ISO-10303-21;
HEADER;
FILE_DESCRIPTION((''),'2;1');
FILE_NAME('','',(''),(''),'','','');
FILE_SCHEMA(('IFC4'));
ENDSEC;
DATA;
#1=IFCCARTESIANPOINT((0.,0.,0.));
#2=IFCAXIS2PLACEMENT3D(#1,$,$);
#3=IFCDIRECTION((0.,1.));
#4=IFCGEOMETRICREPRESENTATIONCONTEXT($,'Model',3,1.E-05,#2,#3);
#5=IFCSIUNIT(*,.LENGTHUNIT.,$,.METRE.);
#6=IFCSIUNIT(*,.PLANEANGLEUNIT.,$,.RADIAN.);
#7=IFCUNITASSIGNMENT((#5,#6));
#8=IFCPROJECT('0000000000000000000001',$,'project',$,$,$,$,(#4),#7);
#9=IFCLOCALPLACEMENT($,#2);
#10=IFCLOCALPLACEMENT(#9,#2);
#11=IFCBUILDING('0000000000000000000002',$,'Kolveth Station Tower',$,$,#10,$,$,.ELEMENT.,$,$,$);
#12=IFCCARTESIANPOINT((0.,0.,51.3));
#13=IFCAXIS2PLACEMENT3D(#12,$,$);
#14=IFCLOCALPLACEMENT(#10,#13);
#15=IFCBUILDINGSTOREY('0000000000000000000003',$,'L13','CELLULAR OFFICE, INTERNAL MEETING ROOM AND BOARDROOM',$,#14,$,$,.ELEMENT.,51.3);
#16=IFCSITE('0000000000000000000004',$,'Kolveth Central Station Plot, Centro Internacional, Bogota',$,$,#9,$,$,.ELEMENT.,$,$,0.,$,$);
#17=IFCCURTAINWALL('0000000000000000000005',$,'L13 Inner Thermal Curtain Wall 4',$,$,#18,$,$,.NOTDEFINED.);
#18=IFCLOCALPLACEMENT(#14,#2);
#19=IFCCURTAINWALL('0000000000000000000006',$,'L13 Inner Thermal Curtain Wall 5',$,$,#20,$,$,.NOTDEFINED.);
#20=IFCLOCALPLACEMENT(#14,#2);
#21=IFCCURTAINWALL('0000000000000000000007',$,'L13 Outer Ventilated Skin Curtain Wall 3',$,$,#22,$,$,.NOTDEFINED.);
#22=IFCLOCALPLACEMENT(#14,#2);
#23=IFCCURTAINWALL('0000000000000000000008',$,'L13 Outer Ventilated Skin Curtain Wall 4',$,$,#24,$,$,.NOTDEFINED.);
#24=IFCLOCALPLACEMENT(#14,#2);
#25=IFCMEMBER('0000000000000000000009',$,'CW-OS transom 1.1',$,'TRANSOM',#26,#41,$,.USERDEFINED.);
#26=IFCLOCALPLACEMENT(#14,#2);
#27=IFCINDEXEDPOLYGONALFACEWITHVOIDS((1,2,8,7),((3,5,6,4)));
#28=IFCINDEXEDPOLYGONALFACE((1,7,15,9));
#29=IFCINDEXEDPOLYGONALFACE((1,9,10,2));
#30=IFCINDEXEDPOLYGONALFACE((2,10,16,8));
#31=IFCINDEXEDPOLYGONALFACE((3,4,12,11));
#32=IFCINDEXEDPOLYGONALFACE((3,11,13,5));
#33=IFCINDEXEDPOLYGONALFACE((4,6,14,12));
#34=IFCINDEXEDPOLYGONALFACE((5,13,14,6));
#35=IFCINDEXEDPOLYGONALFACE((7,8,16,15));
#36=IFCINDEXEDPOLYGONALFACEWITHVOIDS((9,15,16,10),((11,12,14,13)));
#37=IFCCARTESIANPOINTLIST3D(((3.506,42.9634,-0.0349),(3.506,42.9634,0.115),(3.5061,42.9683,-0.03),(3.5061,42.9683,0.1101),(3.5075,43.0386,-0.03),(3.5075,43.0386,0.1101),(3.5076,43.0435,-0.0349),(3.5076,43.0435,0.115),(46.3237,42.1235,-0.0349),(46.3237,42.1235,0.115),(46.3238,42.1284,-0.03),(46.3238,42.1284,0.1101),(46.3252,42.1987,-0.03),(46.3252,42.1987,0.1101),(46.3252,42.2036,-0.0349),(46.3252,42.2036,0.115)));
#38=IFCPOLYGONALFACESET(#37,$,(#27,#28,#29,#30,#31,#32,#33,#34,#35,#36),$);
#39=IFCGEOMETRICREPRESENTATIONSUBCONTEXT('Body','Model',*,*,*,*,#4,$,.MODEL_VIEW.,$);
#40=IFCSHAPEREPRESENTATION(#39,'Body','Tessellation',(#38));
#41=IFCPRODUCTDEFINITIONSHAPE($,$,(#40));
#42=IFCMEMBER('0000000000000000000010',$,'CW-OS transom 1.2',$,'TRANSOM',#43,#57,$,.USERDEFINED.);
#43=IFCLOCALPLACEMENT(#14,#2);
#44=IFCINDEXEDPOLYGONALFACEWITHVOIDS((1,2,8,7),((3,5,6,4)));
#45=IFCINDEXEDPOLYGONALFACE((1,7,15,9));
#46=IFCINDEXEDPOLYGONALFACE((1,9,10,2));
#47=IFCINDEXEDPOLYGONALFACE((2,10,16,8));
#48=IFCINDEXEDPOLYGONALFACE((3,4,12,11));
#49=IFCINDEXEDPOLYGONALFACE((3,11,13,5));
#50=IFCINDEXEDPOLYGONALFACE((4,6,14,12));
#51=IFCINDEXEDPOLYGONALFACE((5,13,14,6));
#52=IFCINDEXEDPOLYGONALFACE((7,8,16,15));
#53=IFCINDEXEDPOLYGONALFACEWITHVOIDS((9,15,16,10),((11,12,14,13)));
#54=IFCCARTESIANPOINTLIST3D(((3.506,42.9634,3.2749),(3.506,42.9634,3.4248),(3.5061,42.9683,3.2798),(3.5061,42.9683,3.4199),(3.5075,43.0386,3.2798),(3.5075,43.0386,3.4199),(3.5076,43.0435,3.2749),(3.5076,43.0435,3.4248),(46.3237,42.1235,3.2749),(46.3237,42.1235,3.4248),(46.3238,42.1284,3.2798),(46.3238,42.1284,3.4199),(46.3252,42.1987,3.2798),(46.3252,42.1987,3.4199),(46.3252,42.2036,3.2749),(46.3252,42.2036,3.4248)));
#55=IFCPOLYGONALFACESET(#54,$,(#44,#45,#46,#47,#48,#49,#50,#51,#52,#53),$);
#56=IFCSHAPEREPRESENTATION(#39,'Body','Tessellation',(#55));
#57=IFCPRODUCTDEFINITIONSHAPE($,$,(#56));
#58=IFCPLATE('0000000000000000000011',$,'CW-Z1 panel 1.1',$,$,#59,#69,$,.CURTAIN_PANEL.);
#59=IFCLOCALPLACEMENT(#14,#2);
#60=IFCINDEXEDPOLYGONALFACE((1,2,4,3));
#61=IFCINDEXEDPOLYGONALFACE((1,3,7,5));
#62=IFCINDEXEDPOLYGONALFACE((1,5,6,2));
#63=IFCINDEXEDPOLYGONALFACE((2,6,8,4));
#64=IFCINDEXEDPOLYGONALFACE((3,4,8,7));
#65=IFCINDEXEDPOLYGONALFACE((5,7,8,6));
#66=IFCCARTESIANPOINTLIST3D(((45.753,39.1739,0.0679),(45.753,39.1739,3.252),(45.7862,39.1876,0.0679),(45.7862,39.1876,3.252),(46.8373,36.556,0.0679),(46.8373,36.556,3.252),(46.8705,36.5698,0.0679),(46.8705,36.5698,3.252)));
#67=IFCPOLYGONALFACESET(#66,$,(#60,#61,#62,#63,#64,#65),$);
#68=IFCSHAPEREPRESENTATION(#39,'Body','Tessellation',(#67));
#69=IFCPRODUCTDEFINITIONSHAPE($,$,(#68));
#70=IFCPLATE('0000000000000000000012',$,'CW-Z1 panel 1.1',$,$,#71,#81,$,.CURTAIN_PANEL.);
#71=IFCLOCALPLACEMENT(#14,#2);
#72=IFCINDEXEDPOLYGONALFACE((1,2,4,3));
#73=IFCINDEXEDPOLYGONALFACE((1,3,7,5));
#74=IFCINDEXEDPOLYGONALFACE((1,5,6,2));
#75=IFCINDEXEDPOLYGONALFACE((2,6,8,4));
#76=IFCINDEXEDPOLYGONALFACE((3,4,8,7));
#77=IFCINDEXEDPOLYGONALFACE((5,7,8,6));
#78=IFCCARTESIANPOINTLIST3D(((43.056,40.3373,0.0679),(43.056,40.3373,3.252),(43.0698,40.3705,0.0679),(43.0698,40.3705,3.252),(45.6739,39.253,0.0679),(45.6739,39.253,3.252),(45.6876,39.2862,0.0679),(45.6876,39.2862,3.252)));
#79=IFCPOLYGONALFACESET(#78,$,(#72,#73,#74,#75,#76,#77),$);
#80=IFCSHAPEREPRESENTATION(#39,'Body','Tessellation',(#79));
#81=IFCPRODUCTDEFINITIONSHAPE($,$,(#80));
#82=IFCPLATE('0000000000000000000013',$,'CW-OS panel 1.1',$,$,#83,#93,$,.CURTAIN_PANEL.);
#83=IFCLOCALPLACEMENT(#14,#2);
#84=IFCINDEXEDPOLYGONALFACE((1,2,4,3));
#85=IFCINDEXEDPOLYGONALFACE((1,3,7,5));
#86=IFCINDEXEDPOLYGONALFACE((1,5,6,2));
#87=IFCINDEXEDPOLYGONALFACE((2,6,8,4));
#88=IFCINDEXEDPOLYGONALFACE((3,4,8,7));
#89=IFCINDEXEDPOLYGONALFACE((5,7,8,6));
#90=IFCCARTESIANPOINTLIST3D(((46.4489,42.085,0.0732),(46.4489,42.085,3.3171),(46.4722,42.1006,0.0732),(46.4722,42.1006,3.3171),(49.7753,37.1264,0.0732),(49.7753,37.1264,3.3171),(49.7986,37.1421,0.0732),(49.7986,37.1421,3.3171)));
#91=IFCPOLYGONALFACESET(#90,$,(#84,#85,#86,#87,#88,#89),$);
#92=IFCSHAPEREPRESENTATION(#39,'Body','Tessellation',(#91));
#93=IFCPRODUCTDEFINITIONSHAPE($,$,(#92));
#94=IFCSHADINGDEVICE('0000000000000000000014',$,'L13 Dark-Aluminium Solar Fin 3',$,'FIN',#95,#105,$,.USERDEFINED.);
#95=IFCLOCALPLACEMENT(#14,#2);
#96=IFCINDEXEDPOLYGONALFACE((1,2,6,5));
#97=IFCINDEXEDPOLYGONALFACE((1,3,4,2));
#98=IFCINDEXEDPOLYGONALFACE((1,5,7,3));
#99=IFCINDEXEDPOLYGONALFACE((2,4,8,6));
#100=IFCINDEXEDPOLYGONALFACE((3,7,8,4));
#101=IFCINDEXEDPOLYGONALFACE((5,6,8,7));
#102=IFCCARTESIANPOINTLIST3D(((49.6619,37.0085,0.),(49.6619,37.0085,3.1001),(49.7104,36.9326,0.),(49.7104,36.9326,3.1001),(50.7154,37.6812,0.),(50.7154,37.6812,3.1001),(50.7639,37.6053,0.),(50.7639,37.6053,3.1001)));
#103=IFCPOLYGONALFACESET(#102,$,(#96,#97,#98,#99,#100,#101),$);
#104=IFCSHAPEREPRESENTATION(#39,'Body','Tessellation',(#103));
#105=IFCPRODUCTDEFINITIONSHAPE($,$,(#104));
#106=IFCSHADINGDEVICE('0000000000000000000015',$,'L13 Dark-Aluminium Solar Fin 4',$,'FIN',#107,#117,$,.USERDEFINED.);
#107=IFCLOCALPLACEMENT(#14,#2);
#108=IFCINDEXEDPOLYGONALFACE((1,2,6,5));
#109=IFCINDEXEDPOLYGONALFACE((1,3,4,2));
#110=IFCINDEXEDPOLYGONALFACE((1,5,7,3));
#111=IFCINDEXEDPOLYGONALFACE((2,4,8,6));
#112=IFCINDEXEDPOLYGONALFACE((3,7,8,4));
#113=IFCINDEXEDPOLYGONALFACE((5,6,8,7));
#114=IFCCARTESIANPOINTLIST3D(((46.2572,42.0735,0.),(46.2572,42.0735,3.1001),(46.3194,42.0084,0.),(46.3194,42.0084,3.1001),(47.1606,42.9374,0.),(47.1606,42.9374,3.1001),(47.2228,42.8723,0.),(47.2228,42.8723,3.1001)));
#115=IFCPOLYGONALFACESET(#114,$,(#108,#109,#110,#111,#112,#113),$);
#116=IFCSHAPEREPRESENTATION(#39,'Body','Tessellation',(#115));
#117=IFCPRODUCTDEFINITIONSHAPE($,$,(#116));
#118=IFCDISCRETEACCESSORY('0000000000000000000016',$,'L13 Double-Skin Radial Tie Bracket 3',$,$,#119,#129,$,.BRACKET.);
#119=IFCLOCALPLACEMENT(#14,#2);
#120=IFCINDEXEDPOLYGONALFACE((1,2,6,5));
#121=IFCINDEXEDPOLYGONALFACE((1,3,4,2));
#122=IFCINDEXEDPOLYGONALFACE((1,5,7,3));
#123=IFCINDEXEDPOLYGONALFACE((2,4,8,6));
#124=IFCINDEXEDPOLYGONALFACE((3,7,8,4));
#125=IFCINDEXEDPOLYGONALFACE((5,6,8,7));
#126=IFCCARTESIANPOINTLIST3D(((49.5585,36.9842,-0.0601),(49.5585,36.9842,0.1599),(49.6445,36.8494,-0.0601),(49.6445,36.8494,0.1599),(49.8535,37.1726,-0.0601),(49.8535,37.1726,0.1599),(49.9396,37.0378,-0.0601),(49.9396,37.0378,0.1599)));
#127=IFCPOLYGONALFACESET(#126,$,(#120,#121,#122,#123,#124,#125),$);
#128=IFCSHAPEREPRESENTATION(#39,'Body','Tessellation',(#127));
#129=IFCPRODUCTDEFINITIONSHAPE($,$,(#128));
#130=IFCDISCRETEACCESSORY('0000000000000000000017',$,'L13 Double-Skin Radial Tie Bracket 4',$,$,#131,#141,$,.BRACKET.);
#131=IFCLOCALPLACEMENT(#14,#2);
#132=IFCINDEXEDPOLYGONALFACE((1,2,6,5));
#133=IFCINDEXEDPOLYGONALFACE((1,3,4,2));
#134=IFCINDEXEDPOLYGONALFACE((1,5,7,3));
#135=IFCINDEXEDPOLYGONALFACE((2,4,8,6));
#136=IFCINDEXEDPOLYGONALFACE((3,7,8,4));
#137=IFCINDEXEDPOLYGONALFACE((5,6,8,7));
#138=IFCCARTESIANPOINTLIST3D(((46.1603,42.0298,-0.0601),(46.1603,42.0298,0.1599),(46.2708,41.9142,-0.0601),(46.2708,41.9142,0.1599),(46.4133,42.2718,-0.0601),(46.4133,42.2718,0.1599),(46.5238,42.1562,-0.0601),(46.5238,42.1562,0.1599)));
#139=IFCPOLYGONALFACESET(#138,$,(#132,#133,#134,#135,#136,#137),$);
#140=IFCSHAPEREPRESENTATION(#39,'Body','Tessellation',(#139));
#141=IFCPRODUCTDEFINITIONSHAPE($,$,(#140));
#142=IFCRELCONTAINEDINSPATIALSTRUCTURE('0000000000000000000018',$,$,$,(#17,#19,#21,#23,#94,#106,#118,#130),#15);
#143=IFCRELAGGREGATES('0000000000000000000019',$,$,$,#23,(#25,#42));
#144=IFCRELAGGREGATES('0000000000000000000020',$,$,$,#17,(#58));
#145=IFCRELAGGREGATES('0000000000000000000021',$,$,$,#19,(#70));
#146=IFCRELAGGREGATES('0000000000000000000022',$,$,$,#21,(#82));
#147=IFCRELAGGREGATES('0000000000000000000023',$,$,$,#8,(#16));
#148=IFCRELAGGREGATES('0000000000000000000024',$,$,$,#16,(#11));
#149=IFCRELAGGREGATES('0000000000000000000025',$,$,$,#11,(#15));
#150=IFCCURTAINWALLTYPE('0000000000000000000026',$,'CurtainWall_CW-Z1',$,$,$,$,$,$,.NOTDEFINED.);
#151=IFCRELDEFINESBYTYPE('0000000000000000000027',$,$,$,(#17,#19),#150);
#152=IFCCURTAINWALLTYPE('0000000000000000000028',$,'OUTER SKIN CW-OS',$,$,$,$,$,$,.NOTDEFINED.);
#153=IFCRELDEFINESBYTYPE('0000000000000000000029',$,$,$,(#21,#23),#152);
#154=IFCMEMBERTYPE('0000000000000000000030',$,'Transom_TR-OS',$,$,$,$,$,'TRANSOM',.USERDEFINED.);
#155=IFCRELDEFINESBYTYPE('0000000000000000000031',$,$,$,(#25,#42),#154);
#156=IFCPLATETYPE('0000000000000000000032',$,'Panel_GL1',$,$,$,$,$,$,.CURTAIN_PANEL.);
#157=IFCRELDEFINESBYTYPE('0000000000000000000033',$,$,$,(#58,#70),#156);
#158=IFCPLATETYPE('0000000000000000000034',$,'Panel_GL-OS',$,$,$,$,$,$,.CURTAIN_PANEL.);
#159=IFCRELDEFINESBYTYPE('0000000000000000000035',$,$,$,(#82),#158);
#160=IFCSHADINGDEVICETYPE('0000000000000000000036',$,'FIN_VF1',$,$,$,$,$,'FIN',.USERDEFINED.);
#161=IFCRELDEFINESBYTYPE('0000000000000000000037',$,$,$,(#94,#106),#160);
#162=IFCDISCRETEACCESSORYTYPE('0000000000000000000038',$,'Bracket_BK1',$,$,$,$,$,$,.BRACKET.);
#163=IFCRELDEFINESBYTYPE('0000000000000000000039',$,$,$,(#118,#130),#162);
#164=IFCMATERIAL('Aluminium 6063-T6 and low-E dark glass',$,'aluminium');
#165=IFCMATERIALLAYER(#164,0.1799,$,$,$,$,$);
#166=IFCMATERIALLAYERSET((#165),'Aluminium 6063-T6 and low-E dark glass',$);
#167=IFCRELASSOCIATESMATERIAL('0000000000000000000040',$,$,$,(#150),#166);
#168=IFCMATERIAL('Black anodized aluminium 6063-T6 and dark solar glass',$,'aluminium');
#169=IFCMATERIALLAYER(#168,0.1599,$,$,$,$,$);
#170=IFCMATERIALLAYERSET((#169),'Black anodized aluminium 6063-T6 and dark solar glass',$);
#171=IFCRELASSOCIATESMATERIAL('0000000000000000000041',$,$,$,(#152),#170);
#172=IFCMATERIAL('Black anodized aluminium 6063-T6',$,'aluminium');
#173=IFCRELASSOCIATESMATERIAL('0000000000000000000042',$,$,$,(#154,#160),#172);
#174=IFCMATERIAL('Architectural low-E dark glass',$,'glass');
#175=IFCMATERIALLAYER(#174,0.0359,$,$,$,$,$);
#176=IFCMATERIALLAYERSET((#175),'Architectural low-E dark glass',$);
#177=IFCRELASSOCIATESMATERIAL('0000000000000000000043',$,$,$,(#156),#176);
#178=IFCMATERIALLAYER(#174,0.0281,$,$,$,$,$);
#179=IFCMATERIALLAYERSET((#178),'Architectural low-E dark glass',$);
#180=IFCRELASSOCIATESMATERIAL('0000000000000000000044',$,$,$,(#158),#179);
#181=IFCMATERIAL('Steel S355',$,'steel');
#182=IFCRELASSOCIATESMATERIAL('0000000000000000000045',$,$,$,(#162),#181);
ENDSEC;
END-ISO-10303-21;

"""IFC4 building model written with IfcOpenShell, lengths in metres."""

from ifc_helpers import new_model, si_unit, direction, frame, origin, origin_2d, place, context, subcontext, project, spatial, rectangle, hollow_rectangle, extrude, source, transform, mapped, material, layer, layer_set, material_profile, profile_set, type_object, element, aggregate, save


model = new_model("IFC4")

# Units and contexts
model_context = context("Model", 3, precision=1e-05, world=origin(), true_north=direction((0.0, 1.0)))
body_context = subcontext(model_context, "Body", "Model", "MODEL_VIEW")
ifc_project = project(units=[si_unit("LENGTHUNIT", "METRE"), si_unit("PLANEANGLEUNIT", "RADIAN")], contexts=[model_context])

# Site, building, storey
site_placement = place(None, origin())
site = spatial("IfcSite", under=ifc_project, at=site_placement, Name="Kolveth Central Station Plot, Centro Internacional, Bogota", CompositionType="ELEMENT", RefElevation=0.0)
building_placement = place(site_placement, origin())
building = spatial("IfcBuilding", under=site, at=building_placement, Name="Kolveth Station Tower", CompositionType="ELEMENT")
storey_placement = place(building_placement, frame((0.0, 0.0, 51.3)))
storey = spatial("IfcBuildingStorey", under=building, at=storey_placement, Name="L13", Description="CELLULAR OFFICE, INTERNAL MEETING ROOM AND BOARDROOM", CompositionType="ELEMENT", Elevation=51.3)

# Shared definitions
ifc_material_1 = material(Name="Steel S355", Category="steel")

# Curtain wall
ifc_material_2 = material(Name="Aluminium 6063-T6 and low-E dark glass", Category="aluminium")
ifc_layer_1 = layer(ifc_material_2, 0.1799)
ifc_layer_set_1 = layer_set([ifc_layer_1], Name="Aluminium 6063-T6 and low-E dark glass")
curtain_wall_type_1 = type_object("IfcCurtainWallType", Name="CurtainWall_CW-Z1", PredefinedType="NOTDEFINED", material=ifc_layer_set_1)
curtain_wall_1_placement = place(storey_placement, origin())
curtain_wall_1 = element("IfcCurtainWall", 1, at=curtain_wall_1_placement, inside=storey, type_object=curtain_wall_type_1, Name="L13 Inner Thermal Curtain Wall 4", PredefinedType="NOTDEFINED")
ifc_material_3 = material(Name="Black anodized aluminium 6063-T6", Category="aluminium")

# Curtain wall
curtain_wall_2_placement = place(storey_placement, origin())
curtain_wall_2 = element("IfcCurtainWall", 2, at=curtain_wall_2_placement, inside=storey, type_object=curtain_wall_type_1, Name="L13 Inner Thermal Curtain Wall 5", PredefinedType="NOTDEFINED")

# Shared definitions
ifc_material_4 = material(Name="Black anodized aluminium 6063-T6 and dark solar glass", Category="aluminium")
ifc_layer_2 = layer(ifc_material_4, 0.1599)
ifc_layer_set_2 = layer_set([ifc_layer_2], Name="Black anodized aluminium 6063-T6 and dark solar glass")
curtain_wall_type_2 = type_object("IfcCurtainWallType", Name="OUTER SKIN CW-OS", PredefinedType="NOTDEFINED", material=ifc_layer_set_2)

# Curtain wall
curtain_wall_3_placement = place(storey_placement, origin())
curtain_wall_3 = element("IfcCurtainWall", 3, at=curtain_wall_3_placement, inside=storey, type_object=curtain_wall_type_2, Name="L13 Outer Ventilated Skin Curtain Wall 3", PredefinedType="NOTDEFINED")

# Curtain wall
curtain_wall_4_placement = place(storey_placement, origin())
curtain_wall_4 = element("IfcCurtainWall", 4, at=curtain_wall_4_placement, inside=storey, type_object=curtain_wall_type_2, Name="L13 Outer Ventilated Skin Curtain Wall 4", PredefinedType="NOTDEFINED")

# Members
ifc_material_profile_1 = material_profile(ifc_material_3, hollow_rectangle(XDim=0.0801, YDim=0.1499, WallThickness=0.0049, at=origin_2d()), Name="ALU-80x150x5")
ifc_profile_set_1 = profile_set([ifc_material_profile_1], Name="Black anodized aluminium 6063-T6")
member_type_1 = type_object("IfcMemberType", Name="Transom_TR-OS", ElementType="TRANSOM", PredefinedType="USERDEFINED", material=ifc_profile_set_1)
shared_shape_1 = source(origin(), body_context, "Body", "SweptSolid", [
    extrude(hollow_rectangle(XDim=0.0801, YDim=0.1499, WallThickness=0.0049, at=origin_2d()), origin(), (0.0, 0.0, 1.0), 42.8259),
])
member_1_placement = place(storey_placement, frame((46.3245, 42.1636, 0.04), z_axis=(-0.999808, 0.019611, 0.0), x_axis=(-0.019611, -0.999808, 0.0)))
member_1 = element("IfcMember", 5, at=member_1_placement, type_object=member_type_1, Name="CW-OS transom 1.1", ObjectType="TRANSOM", PredefinedType="USERDEFINED", context=body_context, shape_type="MappedRepresentation", body=[
    mapped(shared_shape_1, transform((0.0, 0.0, 0.0), x_axis=(1.0, 0.0, 0.0), y_axis=(0.0, 1.0, 0.0), z_axis=(0.0, 0.0, 1.0), scale=1.0)),
])
member_2_placement = place(storey_placement, frame((46.3245, 42.1636, 3.3499), z_axis=(-0.999808, 0.019611, 0.0), x_axis=(-0.019611, -0.999808, 0.0)))
member_2 = element("IfcMember", 6, at=member_2_placement, type_object=member_type_1, Name="CW-OS transom 1.2", ObjectType="TRANSOM", PredefinedType="USERDEFINED", context=body_context, shape_type="MappedRepresentation", body=[
    mapped(shared_shape_1, transform((0.0, 0.0, 0.0), x_axis=(1.0, 0.0, 0.0), y_axis=(0.0, 1.0, 0.0), z_axis=(0.0, 0.0, 1.0), scale=1.0)),
])
aggregate(curtain_wall_4, [member_1, member_2])

# Plates
ifc_material_5 = material(Name="Architectural low-E dark glass", Category="glass")
ifc_layer_3 = layer(ifc_material_5, 0.0359)
ifc_layer_set_3 = layer_set([ifc_layer_3], Name="Architectural low-E dark glass")
plate_type_1 = type_object("IfcPlateType", Name="Panel_GL1", PredefinedType="CURTAIN_PANEL", material=ifc_layer_set_3)
shared_shape_2 = source(origin(), body_context, "Body", "SweptSolid", [
    extrude(rectangle(XDim=2.8335, YDim=0.0359, at=origin_2d()), origin(), (0.0, 0.0, 1.0), 3.1841),
])
plate_1_placement = place(storey_placement, frame((46.3118, 37.8718, 0.0679), z_axis=(0.0, 0.0, 1.0), x_axis=(-0.382673, 0.923884, 0.0)))
plate_1 = element("IfcPlate", 7, at=plate_1_placement, type_object=plate_type_1, Name="CW-Z1 panel 1.1", PredefinedType="CURTAIN_PANEL", context=body_context, shape_type="MappedRepresentation", body=[
    mapped(shared_shape_2, transform((0.0, 0.0, 0.0), x_axis=(1.0, 0.0, 0.0), y_axis=(0.0, 1.0, 0.0), z_axis=(0.0, 0.0, 1.0), scale=1.0)),
])
aggregate(curtain_wall_1, [plate_1])
plate_2_placement = place(storey_placement, frame((44.3718, 39.8118, 0.0679), z_axis=(0.0, 0.0, 1.0), x_axis=(-0.923884, 0.382673, 0.0)))
plate_2 = element("IfcPlate", 8, at=plate_2_placement, type_object=plate_type_1, Name="CW-Z1 panel 1.1", PredefinedType="CURTAIN_PANEL", context=body_context, shape_type="MappedRepresentation", body=[
    mapped(shared_shape_2, transform((0.0, 0.0, 0.0), x_axis=(1.0, 0.0, 0.0), y_axis=(0.0, 1.0, 0.0), z_axis=(0.0, 0.0, 1.0), scale=1.0)),
])
aggregate(curtain_wall_2, [plate_2])
ifc_layer_4 = layer(ifc_material_5, 0.0281)
ifc_layer_set_4 = layer_set([ifc_layer_4], Name="Architectural low-E dark glass")
plate_type_2 = type_object("IfcPlateType", Name="Panel_GL-OS", PredefinedType="CURTAIN_PANEL", material=ifc_layer_set_4)
shared_shape_3 = source(origin(), body_context, "Body", "SweptSolid", [
    extrude(rectangle(XDim=5.9709, YDim=0.0281, at=origin_2d()), origin(), (0.0, 0.0, 1.0), 3.2439),
])
plate_3_placement = place(storey_placement, frame((48.1238, 39.6135, 0.0732), z_axis=(0.0, 0.0, 1.0), x_axis=(-0.557101, 0.830445, 0.0)))
plate_3 = element("IfcPlate", 9, at=plate_3_placement, type_object=plate_type_2, Name="CW-OS panel 1.1", PredefinedType="CURTAIN_PANEL", context=body_context, shape_type="MappedRepresentation", body=[
    mapped(shared_shape_3, transform((0.0, 0.0, 0.0), x_axis=(1.0, 0.0, 0.0), y_axis=(0.0, 1.0, 0.0), z_axis=(0.0, 0.0, 1.0), scale=1.0)),
])
aggregate(curtain_wall_3, [plate_3])

# Shading devices
shading_device_type = type_object("IfcShadingDeviceType", Name="FIN_VF1", ElementType="FIN", PredefinedType="USERDEFINED", material=ifc_material_3)
shared_shape_4 = source(origin(), body_context, "Body", "SweptSolid", [
    extrude(rectangle(XDim=1.25, YDim=0.0901, at=origin_2d()), origin(), (0.0, 0.0, 1.0), 3.1001),
])
for number, where, z_axis, x_axis, name in (
    (10, (50.2129, 37.3069, 0.0), (0.0, 0.0, 1.0), (0.842828, 0.538183, 0.0), "L13 Dark-Aluminium Solar Fin 3"),
    (11, (46.74, 42.4729, 0.0), (0.0, 0.0, 1.0), (0.722726, 0.691135, 0.0), "L13 Dark-Aluminium Solar Fin 4"),
):
    element("IfcShadingDevice", number, at=place(storey_placement, frame(where, z_axis=z_axis, x_axis=x_axis)), inside=storey, type_object=shading_device_type, Name=name, ObjectType="FIN", PredefinedType="USERDEFINED", context=body_context, shape_type="MappedRepresentation", body=[
        mapped(shared_shape_4, transform((0.0, 0.0, 0.0), x_axis=(1.0, 0.0, 0.0), y_axis=(0.0, 1.0, 0.0), z_axis=(0.0, 0.0, 1.0), scale=1.0)),
    ])

# Discrete accessories
discrete_accessory_type = type_object("IfcDiscreteAccessoryType", Name="Bracket_BK1", PredefinedType="BRACKET", material=ifc_material_1)
shared_shape_5 = source(origin(), body_context, "Body", "SweptSolid", [
    extrude(rectangle(XDim=0.3501, YDim=0.1599, at=origin_2d()), origin(), (0.0, 0.0, 1.0), 0.22),
])
for number, where, z_axis, x_axis, name in (
    (12, (49.749, 37.011, -0.0601), (0.0, 0.0, 1.0), (0.842828, 0.538183, 0.0), "L13 Double-Skin Radial Tie Bracket 3"),
    (13, (46.342, 42.093, -0.0601), (0.0, 0.0, 1.0), (0.722726, 0.691135, 0.0), "L13 Double-Skin Radial Tie Bracket 4"),
):
    element("IfcDiscreteAccessory", number, at=place(storey_placement, frame(where, z_axis=z_axis, x_axis=x_axis)), inside=storey, type_object=discrete_accessory_type, Name=name, PredefinedType="BRACKET", context=body_context, shape_type="MappedRepresentation", body=[
        mapped(shared_shape_5, transform((0.0, 0.0, 0.0), x_axis=(1.0, 0.0, 0.0), y_axis=(0.0, 1.0, 0.0), z_axis=(0.0, 0.0, 1.0), scale=1.0)),
    ])

save(model, "model.ifc")
